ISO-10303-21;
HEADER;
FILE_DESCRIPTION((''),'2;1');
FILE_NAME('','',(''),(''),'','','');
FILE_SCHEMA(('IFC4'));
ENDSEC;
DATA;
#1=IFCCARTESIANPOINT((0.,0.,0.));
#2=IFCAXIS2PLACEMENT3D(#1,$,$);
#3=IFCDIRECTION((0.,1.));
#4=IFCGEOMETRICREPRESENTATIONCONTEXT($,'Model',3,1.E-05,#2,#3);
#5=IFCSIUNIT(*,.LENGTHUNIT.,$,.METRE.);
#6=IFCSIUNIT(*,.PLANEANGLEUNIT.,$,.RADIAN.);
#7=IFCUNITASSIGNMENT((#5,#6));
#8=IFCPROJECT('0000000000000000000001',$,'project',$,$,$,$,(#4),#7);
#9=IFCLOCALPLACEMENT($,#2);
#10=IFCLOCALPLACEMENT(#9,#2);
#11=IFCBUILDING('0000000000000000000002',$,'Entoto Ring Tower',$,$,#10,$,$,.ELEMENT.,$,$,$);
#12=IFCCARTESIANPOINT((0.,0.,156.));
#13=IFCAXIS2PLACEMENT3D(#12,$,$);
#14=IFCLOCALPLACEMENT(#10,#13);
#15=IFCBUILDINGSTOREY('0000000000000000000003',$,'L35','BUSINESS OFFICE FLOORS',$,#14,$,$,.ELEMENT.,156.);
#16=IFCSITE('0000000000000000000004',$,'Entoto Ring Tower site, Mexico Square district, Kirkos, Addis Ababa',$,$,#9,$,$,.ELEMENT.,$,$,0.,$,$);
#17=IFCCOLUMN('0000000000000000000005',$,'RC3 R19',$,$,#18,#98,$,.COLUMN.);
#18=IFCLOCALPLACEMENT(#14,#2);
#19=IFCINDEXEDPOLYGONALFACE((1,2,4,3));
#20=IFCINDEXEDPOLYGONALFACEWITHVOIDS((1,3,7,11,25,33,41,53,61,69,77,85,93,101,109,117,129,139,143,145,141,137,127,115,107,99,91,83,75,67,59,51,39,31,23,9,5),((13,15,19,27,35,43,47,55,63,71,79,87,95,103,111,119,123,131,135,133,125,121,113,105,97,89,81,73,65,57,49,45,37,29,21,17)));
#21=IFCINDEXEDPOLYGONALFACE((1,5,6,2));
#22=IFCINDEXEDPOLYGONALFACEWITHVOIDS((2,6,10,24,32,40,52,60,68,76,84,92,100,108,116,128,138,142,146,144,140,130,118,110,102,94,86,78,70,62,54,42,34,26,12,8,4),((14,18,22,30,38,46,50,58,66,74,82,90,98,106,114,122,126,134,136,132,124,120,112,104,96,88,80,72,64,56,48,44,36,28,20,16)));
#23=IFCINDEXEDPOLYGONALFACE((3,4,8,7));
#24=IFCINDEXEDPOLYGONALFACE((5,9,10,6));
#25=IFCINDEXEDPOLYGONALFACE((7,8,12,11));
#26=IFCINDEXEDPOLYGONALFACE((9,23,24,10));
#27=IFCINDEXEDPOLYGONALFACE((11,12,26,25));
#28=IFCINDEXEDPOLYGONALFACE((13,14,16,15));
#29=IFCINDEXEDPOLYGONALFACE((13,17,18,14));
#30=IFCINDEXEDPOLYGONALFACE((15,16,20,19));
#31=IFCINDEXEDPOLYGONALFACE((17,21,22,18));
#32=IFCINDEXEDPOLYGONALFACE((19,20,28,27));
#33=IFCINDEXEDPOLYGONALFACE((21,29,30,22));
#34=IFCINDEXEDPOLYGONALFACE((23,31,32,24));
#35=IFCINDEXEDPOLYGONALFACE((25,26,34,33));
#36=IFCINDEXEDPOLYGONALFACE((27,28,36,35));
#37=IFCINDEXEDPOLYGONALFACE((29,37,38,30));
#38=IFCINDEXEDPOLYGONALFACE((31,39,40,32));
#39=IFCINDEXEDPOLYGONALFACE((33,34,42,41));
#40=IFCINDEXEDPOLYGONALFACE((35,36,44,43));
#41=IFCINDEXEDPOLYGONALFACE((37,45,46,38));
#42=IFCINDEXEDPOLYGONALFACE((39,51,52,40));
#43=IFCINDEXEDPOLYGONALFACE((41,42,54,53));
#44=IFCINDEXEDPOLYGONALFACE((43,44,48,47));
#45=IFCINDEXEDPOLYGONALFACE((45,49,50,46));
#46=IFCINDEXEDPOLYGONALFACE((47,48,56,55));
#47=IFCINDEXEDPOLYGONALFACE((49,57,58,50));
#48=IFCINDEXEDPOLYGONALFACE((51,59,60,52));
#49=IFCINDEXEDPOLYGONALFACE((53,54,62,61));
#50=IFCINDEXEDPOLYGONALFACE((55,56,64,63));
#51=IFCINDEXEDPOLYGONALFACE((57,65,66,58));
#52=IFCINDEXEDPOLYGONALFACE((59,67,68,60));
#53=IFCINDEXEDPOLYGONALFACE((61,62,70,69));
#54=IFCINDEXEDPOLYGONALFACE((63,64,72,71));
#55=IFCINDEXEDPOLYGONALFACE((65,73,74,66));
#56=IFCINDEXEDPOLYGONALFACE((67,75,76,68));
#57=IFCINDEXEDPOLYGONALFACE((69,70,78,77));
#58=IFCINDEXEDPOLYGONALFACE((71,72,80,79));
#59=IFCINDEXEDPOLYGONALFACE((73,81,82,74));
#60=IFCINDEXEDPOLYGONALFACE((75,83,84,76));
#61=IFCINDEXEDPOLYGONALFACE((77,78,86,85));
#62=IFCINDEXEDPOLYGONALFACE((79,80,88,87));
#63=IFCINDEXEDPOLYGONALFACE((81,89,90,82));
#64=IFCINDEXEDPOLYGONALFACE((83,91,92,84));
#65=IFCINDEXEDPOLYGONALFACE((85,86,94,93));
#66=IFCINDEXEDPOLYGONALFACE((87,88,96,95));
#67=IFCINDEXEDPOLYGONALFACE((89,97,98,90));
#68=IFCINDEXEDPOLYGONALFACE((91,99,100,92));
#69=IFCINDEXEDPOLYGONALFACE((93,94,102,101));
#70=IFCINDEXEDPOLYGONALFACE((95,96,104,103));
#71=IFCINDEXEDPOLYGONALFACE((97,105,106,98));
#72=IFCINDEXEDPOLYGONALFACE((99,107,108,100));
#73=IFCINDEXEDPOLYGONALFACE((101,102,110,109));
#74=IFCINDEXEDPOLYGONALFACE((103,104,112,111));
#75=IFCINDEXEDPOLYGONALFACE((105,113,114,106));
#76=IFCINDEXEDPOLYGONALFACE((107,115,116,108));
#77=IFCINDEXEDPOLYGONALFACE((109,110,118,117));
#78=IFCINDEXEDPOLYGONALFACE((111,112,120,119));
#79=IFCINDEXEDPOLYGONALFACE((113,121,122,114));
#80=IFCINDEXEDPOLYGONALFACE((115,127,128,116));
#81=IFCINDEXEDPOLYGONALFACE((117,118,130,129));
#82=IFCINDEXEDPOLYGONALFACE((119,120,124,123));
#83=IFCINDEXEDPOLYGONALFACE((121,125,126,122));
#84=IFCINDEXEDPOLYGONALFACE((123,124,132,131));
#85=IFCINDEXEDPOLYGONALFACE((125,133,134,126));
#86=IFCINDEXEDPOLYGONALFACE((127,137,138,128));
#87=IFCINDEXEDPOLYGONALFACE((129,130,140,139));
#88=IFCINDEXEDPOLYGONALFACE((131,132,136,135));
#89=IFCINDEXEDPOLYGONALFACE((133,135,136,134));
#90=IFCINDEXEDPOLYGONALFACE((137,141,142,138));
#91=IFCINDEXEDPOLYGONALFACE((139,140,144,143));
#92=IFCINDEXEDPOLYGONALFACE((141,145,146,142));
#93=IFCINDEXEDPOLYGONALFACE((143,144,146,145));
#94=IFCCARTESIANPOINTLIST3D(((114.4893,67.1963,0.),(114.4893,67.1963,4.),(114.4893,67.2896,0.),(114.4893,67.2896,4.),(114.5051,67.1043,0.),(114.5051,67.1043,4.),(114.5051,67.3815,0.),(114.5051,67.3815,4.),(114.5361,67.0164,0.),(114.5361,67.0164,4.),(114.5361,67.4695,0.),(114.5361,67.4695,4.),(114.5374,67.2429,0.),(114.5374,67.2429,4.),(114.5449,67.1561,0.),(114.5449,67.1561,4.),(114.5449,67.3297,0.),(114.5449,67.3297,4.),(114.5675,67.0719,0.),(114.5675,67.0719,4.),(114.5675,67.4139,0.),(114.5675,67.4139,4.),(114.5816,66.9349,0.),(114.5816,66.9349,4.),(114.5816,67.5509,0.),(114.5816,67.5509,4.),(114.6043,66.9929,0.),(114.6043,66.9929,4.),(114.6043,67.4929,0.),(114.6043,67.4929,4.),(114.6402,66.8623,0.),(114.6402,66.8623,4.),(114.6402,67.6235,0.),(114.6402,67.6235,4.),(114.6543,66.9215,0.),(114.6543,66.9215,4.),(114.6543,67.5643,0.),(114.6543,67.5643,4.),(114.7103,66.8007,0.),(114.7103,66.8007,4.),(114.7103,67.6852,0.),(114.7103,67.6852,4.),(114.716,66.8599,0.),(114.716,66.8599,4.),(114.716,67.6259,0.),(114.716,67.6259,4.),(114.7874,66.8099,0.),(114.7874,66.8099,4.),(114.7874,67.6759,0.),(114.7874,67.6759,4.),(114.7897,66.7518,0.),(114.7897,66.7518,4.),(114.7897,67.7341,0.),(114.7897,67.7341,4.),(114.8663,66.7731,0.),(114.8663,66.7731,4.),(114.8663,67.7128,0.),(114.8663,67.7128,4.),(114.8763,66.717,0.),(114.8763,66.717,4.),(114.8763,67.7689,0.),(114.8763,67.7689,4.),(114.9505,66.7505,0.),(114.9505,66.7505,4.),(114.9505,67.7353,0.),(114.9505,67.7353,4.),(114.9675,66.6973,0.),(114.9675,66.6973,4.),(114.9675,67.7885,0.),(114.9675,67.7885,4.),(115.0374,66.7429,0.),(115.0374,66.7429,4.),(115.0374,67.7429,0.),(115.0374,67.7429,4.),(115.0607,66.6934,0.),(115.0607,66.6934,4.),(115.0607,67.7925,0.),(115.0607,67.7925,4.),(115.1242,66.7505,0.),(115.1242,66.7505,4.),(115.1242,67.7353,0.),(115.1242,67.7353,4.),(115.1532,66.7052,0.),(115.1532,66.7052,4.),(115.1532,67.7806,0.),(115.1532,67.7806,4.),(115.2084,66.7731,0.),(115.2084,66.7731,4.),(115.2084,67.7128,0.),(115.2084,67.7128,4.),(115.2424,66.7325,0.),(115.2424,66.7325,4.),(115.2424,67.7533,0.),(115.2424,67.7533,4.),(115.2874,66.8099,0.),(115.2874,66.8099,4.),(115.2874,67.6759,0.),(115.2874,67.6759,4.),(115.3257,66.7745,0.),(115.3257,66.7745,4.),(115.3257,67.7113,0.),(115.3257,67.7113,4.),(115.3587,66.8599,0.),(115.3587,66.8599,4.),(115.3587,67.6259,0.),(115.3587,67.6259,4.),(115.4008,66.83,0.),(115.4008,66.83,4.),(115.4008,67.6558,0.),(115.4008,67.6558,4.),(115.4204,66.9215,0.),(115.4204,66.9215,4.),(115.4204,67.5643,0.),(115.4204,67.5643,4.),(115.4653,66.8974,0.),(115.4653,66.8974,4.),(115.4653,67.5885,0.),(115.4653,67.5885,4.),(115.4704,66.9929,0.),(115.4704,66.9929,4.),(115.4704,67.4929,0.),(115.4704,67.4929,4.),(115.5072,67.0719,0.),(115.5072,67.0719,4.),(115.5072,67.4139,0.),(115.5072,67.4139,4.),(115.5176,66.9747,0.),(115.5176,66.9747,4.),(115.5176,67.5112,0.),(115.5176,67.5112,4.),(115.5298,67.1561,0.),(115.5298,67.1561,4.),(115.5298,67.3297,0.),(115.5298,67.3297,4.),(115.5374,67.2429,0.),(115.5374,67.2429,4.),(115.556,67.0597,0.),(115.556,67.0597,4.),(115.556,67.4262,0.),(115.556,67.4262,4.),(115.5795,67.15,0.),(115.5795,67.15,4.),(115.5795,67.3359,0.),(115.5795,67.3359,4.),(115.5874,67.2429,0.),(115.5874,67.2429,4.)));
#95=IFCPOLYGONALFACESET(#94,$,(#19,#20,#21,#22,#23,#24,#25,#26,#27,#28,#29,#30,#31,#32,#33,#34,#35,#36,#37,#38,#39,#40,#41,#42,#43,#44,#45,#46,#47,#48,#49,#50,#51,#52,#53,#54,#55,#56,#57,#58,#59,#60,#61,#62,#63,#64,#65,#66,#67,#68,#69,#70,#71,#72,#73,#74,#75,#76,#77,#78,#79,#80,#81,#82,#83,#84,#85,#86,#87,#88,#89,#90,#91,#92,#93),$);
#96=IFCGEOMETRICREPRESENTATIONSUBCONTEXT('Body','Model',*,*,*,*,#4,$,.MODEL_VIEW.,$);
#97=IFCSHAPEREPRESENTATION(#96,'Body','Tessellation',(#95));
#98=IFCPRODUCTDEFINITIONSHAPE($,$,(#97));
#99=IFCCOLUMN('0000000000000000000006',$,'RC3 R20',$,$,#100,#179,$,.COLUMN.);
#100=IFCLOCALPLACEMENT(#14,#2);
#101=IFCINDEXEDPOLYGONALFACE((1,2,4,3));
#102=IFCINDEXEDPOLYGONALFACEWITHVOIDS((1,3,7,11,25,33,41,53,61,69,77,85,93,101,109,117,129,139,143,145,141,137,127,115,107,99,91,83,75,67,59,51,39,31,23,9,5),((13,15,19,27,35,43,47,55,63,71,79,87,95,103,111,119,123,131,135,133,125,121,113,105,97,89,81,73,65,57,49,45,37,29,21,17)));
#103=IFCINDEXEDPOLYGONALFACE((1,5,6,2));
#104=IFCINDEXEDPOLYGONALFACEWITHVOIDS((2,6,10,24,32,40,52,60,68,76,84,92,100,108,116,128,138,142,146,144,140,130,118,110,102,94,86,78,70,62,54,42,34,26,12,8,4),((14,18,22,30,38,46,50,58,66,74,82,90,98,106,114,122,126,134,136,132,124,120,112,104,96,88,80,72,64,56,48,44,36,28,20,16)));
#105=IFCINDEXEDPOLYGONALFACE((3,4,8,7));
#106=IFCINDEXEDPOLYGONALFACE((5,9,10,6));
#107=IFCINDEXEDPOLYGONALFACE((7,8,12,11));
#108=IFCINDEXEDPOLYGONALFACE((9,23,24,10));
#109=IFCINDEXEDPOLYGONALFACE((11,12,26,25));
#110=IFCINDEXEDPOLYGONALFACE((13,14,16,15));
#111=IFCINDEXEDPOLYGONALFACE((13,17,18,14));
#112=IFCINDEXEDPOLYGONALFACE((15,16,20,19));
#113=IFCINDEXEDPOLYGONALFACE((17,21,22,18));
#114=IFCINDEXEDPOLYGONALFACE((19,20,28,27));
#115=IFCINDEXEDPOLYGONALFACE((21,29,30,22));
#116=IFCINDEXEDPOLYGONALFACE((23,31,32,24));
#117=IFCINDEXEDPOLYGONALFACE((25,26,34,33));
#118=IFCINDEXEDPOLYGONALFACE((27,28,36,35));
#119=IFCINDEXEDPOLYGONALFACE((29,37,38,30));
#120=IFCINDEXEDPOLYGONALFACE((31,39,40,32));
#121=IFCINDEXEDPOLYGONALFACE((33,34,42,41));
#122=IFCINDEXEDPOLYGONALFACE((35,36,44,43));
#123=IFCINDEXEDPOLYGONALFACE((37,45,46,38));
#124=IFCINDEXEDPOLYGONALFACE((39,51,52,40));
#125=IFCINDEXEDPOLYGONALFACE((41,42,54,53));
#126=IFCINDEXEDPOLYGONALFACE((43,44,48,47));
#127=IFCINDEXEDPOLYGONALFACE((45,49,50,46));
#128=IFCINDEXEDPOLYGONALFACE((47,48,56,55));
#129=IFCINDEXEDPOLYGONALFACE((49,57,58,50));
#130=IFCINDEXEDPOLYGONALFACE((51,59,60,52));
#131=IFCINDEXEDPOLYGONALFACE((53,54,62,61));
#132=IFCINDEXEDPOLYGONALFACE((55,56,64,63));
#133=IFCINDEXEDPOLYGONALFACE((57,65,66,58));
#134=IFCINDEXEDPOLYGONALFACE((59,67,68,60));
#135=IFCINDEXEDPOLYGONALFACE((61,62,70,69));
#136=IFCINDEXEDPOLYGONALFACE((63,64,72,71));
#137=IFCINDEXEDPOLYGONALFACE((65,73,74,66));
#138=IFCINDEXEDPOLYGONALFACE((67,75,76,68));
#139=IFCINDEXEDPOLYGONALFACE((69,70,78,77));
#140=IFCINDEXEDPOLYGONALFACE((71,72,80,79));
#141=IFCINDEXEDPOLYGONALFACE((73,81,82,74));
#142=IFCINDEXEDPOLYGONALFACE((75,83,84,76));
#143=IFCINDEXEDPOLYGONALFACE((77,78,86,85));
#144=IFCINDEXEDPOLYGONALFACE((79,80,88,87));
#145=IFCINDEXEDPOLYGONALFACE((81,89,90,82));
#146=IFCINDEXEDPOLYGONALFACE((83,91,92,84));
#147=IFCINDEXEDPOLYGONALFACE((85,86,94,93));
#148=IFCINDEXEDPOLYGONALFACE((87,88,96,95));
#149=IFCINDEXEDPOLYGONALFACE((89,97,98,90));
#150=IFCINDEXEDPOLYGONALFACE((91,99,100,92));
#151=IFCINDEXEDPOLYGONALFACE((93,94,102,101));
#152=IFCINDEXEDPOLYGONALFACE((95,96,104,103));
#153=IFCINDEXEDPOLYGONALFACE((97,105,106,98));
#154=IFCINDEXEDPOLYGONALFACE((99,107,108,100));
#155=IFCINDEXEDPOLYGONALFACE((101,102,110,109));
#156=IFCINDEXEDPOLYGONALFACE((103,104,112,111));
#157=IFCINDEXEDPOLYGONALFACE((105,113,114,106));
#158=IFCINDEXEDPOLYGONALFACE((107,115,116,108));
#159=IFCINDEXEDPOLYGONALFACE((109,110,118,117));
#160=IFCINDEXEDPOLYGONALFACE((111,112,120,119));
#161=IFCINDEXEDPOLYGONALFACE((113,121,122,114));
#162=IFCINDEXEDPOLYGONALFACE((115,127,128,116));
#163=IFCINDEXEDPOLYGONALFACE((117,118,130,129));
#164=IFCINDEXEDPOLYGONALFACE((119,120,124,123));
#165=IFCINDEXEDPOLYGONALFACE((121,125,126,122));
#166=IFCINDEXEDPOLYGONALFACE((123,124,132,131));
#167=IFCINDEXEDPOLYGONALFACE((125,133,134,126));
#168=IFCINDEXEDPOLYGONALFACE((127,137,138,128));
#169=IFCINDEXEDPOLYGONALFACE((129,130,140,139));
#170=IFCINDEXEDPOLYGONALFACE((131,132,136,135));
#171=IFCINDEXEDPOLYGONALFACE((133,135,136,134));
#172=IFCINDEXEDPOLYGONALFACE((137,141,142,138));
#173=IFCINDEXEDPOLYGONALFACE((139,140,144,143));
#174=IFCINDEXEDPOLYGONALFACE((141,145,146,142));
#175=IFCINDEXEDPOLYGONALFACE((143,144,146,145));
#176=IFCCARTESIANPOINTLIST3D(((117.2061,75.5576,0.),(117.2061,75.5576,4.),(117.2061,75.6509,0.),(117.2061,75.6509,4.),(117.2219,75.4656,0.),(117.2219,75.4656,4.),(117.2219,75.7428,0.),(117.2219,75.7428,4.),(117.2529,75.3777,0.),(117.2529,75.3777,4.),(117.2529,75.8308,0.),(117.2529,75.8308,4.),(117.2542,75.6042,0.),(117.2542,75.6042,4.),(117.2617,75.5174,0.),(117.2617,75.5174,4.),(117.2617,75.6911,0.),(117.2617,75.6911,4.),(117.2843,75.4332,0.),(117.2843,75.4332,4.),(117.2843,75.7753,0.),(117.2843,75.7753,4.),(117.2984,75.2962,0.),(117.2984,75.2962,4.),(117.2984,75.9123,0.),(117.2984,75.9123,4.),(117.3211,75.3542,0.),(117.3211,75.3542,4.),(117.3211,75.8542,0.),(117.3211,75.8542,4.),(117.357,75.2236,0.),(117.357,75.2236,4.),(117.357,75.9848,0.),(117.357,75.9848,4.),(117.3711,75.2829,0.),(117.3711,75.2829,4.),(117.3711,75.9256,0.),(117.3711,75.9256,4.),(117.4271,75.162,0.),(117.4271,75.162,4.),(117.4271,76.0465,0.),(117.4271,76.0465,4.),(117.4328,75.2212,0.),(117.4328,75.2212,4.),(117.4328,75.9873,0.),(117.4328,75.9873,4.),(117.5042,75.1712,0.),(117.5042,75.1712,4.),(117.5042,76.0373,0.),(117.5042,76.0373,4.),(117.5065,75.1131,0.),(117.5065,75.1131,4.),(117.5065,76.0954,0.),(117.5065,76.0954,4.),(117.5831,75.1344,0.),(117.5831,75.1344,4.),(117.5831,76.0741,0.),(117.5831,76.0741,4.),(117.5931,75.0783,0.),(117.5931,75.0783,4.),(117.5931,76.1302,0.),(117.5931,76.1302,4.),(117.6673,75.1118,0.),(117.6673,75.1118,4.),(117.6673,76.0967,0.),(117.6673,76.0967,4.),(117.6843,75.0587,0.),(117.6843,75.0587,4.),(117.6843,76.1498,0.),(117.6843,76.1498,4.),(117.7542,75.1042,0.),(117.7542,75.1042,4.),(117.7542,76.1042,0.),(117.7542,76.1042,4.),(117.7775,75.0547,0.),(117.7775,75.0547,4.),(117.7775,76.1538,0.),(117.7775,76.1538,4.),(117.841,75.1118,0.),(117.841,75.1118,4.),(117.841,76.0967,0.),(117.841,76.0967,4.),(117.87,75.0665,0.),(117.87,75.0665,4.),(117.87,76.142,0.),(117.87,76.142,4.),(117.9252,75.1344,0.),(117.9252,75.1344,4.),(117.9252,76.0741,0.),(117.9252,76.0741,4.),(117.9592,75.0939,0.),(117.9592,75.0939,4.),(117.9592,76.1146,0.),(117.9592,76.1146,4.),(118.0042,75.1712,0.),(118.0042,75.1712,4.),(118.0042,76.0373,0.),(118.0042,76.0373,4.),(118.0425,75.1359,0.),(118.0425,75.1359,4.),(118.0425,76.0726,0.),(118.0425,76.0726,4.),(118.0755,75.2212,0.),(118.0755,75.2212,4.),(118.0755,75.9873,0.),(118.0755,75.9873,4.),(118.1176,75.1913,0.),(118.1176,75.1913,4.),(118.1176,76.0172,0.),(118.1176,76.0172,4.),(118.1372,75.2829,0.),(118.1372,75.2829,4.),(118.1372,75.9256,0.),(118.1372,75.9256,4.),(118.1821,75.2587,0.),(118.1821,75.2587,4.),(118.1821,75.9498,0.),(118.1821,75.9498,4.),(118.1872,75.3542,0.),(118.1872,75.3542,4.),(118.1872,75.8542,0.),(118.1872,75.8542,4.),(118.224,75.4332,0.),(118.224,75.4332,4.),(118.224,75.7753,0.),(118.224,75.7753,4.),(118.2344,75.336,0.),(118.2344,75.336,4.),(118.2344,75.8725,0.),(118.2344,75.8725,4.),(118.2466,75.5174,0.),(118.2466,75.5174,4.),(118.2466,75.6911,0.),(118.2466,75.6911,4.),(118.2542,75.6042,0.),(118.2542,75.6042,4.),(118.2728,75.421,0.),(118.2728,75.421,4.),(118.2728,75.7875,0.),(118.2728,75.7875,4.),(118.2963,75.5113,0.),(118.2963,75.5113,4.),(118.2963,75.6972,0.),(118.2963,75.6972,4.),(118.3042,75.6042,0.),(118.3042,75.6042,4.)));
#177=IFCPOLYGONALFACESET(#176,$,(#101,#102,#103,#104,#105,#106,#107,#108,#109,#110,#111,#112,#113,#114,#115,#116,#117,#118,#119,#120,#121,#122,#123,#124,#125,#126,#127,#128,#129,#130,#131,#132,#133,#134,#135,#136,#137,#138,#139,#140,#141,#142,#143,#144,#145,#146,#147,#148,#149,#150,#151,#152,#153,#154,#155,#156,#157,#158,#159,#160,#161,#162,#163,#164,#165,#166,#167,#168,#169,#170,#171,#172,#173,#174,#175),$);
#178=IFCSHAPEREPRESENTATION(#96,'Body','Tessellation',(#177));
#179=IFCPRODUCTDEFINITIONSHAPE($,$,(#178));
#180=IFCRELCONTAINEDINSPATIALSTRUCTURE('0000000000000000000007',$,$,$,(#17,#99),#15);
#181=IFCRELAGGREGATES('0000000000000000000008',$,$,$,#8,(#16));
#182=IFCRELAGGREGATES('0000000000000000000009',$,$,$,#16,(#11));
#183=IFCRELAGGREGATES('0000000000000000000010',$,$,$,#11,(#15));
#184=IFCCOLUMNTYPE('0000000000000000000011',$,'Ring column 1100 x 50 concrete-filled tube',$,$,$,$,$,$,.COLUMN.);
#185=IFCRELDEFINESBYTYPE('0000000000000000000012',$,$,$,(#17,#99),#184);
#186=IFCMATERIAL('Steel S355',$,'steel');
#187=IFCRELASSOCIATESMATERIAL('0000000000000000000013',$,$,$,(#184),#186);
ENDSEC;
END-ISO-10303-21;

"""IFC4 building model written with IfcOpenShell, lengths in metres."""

from ifc_helpers import new_model, si_unit, direction, frame, origin, origin_2d, place, context, subcontext, project, spatial, circle, hollow_circle, extrude, material, material_profile, profile_set, type_object, element, save


model = new_model("IFC4")

# Units and contexts
model_context = context("Model", 3, precision=1e-05, world=origin(), true_north=direction((0.0, 1.0)))
body_context = subcontext(model_context, "Body", "Model", "MODEL_VIEW")
ifc_project = project(units=[si_unit("LENGTHUNIT", "METRE"), si_unit("PLANEANGLEUNIT", "RADIAN")], contexts=[model_context])

# Site, building, storey
site_placement = place(None, origin())
site = spatial("IfcSite", under=ifc_project, at=site_placement, Name="Entoto Ring Tower site, Mexico Square district, Kirkos, Addis Ababa", CompositionType="ELEMENT", RefElevation=0.0)
building_placement = place(site_placement, origin())
building = spatial("IfcBuilding", under=site, at=building_placement, Name="Entoto Ring Tower", CompositionType="ELEMENT")
storey_placement = place(building_placement, frame((0.0, 0.0, 156.0)))
storey = spatial("IfcBuildingStorey", under=building, at=storey_placement, Name="L35", Description="BUSINESS OFFICE FLOORS", CompositionType="ELEMENT", Elevation=156.0)

# Columns
ifc_material_1 = material(Name="Steel S355", Category="steel")
ifc_material_profile_1 = material_profile(ifc_material_1, hollow_circle(Radius=0.55, WallThickness=0.05, at=origin_2d()), Name="CHS 1100 x 50")
ifc_material_2 = material(Name="Concrete C60/75", Category="concrete")
ifc_material_profile_2 = material_profile(ifc_material_2, circle(Radius=0.5, at=origin_2d()), Name="Concrete C60/75 infill")
ifc_profile_set_1 = profile_set([ifc_material_profile_1, ifc_material_profile_2], Name="Steel S355")
column_type = type_object("IfcColumnType", Name="Ring column 1100 x 50 concrete-filled tube", PredefinedType="COLUMN", material=ifc_profile_set_1)
for number, where, z_axis, x_axis, name in (
    (1, (115.0374, 67.2429, 0.0), (0.0, 0.0, 1.0), (1.0, 0.0, 0.0), "RC3 R19"),
    (2, (117.7542, 75.6042, 0.0), (0.0, 0.0, 1.0), (1.0, 0.0, 0.0), "RC3 R20"),
):
    element("IfcColumn", number, at=place(storey_placement, frame(where, z_axis=z_axis, x_axis=x_axis)), inside=storey, type_object=column_type, Name=name, PredefinedType="COLUMN", context=body_context, shape_type="SweptSolid", body=[
        extrude(hollow_circle(Radius=0.55, WallThickness=0.05, at=origin_2d()), origin(), (0.0, 0.0, 1.0), 4.0),
    ])

save(model, "model.ifc")
